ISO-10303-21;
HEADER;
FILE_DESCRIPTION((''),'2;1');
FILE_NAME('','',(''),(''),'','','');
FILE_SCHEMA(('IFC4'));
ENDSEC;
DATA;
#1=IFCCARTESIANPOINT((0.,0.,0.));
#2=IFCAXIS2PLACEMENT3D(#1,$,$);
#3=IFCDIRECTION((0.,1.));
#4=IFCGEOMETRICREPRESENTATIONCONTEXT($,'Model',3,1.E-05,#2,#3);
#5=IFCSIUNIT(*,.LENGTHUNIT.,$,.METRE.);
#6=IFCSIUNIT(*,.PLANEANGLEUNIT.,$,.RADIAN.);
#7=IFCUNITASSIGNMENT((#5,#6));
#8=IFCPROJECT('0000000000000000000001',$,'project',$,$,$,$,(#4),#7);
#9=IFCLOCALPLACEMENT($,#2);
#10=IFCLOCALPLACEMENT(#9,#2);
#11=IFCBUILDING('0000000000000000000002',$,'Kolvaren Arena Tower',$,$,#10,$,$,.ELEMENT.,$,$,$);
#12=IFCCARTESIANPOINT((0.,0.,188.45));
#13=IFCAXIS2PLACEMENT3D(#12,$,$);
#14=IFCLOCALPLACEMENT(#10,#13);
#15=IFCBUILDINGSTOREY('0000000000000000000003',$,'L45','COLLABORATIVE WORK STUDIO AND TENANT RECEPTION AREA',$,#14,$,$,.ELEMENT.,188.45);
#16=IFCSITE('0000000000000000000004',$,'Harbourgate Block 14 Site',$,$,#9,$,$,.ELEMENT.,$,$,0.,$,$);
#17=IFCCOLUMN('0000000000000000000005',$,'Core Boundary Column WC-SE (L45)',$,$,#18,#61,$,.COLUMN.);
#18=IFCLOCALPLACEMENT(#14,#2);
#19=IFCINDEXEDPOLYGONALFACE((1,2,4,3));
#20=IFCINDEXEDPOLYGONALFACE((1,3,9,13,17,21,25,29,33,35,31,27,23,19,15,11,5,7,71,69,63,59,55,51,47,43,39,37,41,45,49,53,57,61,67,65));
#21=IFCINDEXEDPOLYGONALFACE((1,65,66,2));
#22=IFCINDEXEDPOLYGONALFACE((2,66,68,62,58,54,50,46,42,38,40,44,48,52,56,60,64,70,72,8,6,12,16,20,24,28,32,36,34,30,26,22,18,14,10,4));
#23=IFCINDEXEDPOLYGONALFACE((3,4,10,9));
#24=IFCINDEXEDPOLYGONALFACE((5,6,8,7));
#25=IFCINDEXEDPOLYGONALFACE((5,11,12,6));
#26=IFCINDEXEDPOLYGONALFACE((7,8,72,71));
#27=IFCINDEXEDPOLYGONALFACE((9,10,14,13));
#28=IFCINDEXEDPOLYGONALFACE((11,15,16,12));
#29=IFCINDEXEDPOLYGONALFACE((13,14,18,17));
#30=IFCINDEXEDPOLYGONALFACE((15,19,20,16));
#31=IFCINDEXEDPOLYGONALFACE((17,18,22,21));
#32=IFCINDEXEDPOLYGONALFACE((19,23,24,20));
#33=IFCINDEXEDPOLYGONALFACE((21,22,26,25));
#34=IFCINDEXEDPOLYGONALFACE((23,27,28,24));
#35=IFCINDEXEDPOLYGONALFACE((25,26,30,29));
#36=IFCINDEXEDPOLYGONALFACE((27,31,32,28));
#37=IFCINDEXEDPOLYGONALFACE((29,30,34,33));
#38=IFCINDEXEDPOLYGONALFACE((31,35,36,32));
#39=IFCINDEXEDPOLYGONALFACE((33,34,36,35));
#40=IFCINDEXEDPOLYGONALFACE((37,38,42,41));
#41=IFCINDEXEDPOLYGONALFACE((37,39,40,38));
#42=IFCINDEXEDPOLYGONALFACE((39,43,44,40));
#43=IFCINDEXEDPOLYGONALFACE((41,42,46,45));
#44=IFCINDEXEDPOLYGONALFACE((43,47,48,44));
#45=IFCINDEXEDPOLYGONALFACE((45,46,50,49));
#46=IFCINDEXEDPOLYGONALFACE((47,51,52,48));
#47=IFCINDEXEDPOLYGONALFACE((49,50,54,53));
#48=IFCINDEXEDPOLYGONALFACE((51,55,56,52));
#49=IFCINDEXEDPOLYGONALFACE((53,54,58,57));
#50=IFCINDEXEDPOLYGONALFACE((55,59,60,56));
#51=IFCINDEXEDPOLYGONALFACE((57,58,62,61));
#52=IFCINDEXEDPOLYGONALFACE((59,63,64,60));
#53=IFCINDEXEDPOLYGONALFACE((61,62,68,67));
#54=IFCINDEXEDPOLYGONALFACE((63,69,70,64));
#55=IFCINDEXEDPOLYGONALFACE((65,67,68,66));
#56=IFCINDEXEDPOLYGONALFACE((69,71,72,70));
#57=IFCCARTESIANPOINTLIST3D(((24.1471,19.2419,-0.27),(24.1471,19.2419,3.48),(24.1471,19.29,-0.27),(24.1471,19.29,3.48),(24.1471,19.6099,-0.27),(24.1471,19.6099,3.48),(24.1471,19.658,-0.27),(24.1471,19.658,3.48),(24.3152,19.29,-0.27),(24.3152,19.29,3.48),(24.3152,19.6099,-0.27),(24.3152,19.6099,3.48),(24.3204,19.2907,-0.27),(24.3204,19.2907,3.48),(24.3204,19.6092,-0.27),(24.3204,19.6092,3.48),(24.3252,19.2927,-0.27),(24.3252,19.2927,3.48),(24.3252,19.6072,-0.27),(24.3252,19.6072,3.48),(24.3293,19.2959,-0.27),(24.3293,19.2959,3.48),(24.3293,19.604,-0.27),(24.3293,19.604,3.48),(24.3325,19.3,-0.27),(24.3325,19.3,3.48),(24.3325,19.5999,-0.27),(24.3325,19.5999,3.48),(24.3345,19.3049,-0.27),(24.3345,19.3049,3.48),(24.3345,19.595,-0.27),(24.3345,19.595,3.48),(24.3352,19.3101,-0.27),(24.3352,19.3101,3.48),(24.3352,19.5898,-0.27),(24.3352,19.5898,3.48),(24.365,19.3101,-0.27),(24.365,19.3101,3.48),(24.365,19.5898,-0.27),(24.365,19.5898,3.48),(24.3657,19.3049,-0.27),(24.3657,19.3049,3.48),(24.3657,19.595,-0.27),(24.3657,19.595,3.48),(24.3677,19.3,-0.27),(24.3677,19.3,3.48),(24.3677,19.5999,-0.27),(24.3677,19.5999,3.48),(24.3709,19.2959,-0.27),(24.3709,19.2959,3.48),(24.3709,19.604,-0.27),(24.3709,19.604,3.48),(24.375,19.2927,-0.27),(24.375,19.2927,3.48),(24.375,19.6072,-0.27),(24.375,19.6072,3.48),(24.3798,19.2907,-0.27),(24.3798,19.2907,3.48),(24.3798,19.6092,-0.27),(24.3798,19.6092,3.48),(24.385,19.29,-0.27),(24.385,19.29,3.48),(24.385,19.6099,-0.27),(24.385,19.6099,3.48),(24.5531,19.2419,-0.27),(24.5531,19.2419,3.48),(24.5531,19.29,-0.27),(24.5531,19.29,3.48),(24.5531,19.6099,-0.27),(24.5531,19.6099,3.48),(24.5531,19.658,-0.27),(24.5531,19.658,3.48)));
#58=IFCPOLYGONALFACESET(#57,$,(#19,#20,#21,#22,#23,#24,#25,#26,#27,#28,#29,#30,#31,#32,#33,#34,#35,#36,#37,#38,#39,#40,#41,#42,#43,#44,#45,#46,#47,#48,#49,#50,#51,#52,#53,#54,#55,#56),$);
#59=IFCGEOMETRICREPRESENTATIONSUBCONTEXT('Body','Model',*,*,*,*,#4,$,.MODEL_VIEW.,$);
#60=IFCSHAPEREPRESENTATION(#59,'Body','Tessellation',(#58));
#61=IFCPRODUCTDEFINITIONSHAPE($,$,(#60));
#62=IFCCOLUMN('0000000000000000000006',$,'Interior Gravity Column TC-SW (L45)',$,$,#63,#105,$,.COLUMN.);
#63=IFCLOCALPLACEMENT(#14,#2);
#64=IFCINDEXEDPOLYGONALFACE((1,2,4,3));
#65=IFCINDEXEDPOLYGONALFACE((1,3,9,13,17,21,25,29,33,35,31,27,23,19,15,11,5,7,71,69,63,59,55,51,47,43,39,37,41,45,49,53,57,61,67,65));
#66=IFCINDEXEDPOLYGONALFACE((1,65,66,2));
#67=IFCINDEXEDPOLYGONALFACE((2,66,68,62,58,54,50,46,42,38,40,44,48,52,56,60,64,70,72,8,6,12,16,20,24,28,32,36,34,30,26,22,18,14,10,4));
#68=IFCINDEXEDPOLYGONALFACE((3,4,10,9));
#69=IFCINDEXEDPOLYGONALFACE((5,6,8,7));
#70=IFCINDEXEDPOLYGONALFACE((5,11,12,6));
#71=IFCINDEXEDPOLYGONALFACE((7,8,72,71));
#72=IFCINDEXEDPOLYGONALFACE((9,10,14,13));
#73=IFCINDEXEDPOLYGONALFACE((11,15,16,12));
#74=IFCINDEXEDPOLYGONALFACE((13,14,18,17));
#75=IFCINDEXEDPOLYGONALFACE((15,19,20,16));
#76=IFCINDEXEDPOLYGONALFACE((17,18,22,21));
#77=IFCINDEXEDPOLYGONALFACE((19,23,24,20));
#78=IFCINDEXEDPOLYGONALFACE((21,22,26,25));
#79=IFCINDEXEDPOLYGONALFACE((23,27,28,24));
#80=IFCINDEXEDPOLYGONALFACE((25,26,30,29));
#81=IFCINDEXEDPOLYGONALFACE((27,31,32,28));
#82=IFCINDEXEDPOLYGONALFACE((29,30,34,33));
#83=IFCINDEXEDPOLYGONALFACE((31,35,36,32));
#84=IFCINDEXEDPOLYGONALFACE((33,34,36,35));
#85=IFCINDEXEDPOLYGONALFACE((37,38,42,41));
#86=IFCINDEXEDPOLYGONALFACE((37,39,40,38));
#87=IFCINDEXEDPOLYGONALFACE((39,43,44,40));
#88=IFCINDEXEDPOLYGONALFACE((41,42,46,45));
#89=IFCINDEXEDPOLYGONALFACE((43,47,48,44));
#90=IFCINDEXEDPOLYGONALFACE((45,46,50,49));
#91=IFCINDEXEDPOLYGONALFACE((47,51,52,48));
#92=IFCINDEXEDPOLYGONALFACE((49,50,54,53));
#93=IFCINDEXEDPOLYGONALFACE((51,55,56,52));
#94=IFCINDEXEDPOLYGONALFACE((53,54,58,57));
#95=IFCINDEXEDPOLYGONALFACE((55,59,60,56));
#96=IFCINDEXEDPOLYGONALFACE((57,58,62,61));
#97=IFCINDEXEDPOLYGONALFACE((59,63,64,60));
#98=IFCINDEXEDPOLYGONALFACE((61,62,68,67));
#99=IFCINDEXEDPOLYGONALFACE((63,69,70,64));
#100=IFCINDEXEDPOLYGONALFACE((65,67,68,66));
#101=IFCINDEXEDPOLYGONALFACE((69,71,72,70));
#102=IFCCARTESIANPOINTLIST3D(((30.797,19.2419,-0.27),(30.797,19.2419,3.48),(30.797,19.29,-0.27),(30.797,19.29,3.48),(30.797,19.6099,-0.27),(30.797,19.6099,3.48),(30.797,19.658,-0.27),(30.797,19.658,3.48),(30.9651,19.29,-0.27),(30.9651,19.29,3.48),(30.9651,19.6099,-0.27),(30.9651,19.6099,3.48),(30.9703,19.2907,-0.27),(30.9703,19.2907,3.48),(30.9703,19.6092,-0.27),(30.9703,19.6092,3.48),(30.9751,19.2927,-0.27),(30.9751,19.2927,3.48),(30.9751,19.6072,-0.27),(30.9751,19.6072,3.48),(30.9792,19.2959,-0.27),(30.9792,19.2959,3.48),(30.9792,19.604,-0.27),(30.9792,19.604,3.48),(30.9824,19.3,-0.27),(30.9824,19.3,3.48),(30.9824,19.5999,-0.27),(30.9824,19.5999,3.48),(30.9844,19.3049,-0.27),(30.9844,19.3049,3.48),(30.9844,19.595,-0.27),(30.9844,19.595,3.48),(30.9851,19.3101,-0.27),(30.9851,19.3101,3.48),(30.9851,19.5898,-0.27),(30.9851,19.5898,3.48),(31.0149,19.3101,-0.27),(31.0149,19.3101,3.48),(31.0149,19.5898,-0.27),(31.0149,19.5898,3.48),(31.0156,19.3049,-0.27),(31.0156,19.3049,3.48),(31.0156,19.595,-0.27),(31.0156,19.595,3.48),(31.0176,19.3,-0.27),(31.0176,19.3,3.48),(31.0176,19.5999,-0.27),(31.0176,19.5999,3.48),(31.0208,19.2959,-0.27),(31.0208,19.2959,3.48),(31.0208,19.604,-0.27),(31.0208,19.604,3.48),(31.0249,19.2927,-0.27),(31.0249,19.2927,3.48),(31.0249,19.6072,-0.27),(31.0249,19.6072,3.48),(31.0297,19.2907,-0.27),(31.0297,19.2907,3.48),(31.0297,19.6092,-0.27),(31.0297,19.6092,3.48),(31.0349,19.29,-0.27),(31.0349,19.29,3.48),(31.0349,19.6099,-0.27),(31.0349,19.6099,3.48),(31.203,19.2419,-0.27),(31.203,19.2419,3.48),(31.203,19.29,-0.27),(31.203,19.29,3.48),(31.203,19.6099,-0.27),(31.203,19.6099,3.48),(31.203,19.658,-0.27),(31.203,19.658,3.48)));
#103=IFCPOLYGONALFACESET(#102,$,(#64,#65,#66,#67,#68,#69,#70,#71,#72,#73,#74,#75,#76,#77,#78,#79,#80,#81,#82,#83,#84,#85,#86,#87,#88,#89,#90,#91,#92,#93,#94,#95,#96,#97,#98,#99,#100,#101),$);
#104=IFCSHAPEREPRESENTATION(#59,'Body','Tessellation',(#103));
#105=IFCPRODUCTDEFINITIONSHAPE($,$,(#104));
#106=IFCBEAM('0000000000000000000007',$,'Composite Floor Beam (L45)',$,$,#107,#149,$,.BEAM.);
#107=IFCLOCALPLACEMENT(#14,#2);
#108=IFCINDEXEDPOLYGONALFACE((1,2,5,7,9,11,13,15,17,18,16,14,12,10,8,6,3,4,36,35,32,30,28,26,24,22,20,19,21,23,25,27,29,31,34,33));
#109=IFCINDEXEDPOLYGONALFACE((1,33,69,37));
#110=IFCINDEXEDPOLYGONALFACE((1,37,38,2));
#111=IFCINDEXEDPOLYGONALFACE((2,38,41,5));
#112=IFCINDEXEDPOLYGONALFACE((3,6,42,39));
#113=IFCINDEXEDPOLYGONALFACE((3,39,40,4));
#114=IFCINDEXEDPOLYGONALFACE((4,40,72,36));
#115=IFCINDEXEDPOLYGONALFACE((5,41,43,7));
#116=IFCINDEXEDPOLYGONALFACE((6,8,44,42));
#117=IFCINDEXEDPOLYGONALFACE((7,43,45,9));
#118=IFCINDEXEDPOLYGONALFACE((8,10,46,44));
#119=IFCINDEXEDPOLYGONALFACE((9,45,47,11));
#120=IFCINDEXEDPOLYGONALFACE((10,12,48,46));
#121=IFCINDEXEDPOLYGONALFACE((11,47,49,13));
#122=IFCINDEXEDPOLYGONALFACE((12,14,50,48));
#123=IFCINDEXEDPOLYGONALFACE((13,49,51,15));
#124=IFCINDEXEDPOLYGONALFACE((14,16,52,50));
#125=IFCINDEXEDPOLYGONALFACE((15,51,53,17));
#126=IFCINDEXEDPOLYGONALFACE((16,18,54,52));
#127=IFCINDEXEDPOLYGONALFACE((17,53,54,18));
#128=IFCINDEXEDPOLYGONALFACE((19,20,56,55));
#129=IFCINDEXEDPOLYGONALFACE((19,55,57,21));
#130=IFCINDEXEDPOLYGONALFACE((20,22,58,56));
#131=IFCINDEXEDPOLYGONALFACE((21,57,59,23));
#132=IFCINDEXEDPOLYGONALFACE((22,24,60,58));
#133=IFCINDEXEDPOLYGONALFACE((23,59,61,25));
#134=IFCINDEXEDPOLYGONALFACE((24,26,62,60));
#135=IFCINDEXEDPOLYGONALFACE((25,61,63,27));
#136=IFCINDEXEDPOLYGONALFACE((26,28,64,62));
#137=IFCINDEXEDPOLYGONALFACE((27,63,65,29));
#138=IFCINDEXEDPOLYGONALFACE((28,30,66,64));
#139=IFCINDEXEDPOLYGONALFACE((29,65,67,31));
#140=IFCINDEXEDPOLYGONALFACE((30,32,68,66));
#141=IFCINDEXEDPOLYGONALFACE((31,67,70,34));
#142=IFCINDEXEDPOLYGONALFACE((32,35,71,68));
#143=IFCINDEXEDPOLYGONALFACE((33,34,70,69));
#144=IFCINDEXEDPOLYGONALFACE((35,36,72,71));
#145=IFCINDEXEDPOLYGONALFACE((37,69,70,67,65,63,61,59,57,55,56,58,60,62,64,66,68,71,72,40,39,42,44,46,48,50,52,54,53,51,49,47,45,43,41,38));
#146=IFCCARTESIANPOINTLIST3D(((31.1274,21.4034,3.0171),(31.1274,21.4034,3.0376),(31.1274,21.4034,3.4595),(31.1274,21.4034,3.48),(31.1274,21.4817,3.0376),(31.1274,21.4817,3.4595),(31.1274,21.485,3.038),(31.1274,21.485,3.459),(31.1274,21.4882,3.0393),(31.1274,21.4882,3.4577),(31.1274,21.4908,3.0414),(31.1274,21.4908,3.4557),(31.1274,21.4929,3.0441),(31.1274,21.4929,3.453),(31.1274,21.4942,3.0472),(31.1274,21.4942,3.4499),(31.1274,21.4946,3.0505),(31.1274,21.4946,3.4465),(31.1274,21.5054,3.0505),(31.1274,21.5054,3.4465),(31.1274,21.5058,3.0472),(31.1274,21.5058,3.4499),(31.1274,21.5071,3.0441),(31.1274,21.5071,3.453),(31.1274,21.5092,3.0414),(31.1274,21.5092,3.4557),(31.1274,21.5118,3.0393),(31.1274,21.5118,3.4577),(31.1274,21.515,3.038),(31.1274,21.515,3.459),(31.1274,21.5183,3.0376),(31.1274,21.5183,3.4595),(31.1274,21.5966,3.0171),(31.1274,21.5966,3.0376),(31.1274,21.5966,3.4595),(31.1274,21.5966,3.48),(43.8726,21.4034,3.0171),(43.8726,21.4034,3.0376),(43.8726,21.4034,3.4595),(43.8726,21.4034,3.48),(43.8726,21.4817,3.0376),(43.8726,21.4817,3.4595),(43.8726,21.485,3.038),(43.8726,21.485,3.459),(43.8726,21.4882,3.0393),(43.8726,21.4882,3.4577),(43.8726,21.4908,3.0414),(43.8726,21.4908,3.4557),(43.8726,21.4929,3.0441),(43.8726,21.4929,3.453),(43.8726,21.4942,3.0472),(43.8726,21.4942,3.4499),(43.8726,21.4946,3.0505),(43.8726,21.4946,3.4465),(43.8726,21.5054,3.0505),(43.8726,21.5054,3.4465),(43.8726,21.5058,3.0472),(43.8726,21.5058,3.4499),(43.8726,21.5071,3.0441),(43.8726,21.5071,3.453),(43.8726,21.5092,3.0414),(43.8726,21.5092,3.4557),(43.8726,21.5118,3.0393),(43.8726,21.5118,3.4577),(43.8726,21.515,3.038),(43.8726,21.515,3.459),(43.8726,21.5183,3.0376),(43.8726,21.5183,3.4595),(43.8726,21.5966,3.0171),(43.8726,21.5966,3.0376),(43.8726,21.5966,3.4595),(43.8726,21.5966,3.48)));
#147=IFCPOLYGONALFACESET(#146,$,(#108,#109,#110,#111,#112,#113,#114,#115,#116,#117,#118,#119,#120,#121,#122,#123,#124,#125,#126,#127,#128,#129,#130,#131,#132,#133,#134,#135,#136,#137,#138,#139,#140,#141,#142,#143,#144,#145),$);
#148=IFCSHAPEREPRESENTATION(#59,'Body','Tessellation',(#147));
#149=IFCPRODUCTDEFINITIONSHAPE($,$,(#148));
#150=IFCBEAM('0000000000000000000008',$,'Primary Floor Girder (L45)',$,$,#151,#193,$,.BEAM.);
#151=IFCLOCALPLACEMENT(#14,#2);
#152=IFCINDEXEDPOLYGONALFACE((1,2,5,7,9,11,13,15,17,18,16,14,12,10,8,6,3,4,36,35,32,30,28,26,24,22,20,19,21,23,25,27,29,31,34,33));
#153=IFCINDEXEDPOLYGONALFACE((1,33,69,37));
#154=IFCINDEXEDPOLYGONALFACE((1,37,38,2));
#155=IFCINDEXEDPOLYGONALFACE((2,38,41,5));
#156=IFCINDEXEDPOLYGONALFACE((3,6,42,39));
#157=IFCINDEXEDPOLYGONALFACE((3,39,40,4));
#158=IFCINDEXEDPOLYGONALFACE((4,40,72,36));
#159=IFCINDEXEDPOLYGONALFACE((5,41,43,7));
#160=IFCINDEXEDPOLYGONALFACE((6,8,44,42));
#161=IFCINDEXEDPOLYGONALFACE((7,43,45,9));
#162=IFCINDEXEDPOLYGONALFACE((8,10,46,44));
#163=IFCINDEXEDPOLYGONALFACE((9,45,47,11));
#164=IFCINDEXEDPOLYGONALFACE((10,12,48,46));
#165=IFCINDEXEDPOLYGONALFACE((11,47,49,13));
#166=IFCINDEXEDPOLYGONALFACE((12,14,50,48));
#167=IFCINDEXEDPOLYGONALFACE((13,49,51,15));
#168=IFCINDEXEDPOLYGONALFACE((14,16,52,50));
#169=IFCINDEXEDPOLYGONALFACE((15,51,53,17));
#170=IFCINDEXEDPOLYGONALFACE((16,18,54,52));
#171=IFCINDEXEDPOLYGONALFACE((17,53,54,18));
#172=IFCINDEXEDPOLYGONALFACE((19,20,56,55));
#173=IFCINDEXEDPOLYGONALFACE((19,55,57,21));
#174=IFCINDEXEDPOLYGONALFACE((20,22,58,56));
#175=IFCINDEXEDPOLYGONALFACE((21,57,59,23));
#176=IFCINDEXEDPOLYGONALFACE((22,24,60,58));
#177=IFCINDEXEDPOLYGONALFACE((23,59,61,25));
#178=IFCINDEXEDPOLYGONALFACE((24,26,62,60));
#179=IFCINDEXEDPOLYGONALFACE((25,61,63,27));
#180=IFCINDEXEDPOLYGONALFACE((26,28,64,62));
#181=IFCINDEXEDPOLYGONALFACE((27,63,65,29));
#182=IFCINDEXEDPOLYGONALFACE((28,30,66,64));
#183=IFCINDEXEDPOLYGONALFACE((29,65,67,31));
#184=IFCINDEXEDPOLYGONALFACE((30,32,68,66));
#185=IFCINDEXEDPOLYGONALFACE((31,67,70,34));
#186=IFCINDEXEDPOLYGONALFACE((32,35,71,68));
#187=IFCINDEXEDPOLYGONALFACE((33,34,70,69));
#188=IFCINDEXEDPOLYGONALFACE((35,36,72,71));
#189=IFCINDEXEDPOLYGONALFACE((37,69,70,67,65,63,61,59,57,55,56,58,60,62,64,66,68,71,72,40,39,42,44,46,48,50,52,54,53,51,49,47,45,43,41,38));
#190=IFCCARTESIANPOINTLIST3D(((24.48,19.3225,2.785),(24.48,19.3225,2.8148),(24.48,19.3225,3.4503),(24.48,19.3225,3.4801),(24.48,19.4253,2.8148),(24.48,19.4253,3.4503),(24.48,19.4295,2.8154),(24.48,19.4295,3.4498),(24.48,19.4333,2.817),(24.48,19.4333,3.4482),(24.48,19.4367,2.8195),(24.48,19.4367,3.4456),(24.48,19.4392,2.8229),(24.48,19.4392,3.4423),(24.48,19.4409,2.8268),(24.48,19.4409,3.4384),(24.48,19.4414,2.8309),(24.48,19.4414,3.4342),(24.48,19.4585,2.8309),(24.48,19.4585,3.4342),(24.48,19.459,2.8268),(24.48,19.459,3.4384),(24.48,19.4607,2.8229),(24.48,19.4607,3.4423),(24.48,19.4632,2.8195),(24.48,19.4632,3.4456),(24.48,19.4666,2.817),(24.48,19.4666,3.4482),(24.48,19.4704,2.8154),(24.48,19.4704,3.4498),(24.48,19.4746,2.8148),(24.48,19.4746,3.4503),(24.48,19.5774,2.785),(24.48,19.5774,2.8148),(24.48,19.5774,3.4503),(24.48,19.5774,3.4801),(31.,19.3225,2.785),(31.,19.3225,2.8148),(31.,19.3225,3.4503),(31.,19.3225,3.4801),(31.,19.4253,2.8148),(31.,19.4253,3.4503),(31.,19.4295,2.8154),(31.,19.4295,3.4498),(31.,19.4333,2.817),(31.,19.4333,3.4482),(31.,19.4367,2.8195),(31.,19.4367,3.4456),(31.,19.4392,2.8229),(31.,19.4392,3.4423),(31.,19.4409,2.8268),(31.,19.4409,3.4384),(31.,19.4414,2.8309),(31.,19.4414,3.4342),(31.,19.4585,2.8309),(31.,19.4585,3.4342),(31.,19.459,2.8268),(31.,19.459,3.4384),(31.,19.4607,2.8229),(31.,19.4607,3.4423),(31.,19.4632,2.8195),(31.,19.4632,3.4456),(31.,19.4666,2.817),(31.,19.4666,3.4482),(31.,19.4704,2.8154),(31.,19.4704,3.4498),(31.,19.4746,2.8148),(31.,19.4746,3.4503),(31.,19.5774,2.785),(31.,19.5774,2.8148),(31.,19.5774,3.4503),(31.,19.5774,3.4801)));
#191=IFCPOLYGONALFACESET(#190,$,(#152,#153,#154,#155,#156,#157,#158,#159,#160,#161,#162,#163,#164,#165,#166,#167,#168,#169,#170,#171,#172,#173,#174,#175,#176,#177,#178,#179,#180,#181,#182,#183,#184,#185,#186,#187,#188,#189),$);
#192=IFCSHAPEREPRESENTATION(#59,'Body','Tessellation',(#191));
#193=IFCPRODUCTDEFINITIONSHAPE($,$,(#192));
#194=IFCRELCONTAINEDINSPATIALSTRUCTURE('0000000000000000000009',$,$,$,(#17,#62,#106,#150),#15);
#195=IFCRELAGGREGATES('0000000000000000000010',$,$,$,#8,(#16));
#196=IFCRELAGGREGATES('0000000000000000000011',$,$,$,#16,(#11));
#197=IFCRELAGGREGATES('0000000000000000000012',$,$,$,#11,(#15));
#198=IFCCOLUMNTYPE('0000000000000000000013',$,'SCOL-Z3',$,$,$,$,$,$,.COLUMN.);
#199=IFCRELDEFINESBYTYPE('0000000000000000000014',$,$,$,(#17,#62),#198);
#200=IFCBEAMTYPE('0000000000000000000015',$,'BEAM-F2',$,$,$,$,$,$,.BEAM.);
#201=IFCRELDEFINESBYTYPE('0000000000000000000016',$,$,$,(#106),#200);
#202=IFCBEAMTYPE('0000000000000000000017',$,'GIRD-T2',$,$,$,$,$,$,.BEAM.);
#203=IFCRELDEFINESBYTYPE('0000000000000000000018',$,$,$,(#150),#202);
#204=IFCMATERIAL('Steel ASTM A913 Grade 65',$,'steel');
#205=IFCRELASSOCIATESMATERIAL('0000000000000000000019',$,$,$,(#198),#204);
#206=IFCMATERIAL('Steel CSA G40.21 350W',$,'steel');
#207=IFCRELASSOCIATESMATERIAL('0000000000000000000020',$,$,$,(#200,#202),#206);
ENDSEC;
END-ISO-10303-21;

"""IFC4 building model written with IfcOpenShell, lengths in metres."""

from ifc_helpers import new_model, si_unit, direction, frame, origin, origin_2d, place, context, subcontext, project, spatial, i_section, extrude, material, material_profile, profile_set, type_object, element, save


model = new_model("IFC4")

# Units and contexts
model_context = context("Model", 3, precision=1e-05, world=origin(), true_north=direction((0.0, 1.0)))
body_context = subcontext(model_context, "Body", "Model", "MODEL_VIEW")
ifc_project = project(units=[si_unit("LENGTHUNIT", "METRE"), si_unit("PLANEANGLEUNIT", "RADIAN")], contexts=[model_context])

# Site, building, storey
site_placement = place(None, origin())
site = spatial("IfcSite", under=ifc_project, at=site_placement, Name="Harbourgate Block 14 Site", CompositionType="ELEMENT", RefElevation=0.0)
building_placement = place(site_placement, origin())
building = spatial("IfcBuilding", under=site, at=building_placement, Name="Kolvaren Arena Tower", CompositionType="ELEMENT")
storey_placement = place(building_placement, frame((0.0, 0.0, 188.45)))
storey = spatial("IfcBuildingStorey", under=building, at=storey_placement, Name="L45", Description="COLLABORATIVE WORK STUDIO AND TENANT RECEPTION AREA", CompositionType="ELEMENT", Elevation=188.45)

# Columns
ifc_material_1 = material(Name="Steel ASTM A913 Grade 65", Category="steel")
ifc_material_profile_1 = material_profile(ifc_material_1, i_section(OverallWidth=0.406, OverallDepth=0.416, WebThickness=0.0298, FlangeThickness=0.0481, FilletRadius=0.02, at=origin_2d()), Name="W360x382")
ifc_profile_set_1 = profile_set([ifc_material_profile_1], Name="Steel ASTM A913 Grade 65")
column_type = type_object("IfcColumnType", Name="SCOL-Z3", PredefinedType="COLUMN", material=ifc_profile_set_1)
for number, where, z_axis, x_axis, name in (
    (1, (24.3501, 19.45, -0.27), (0.0, 0.0, 1.0), (1.0, 0.0, 0.0), "Core Boundary Column WC-SE (L45)"),
    (2, (31.0, 19.45, -0.27), (0.0, 0.0, 1.0), (1.0, 0.0, 0.0), "Interior Gravity Column TC-SW (L45)"),
):
    element("IfcColumn", number, at=place(storey_placement, frame(where, z_axis=z_axis, x_axis=x_axis)), inside=storey, type_object=column_type, Name=name, PredefinedType="COLUMN", context=body_context, shape_type="SweptSolid", body=[
        extrude(i_section(OverallWidth=0.406, OverallDepth=0.416, WebThickness=0.0298, FlangeThickness=0.0481, FilletRadius=0.02, at=origin_2d()), origin(), (0.0, 0.0, 1.0), 3.75),
    ])

# Beams
ifc_material_2 = material(Name="Steel CSA G40.21 350W", Category="steel")
ifc_material_profile_2 = material_profile(ifc_material_2, i_section(OverallWidth=0.1931, OverallDepth=0.4629, WebThickness=0.0107, FlangeThickness=0.0205, FilletRadius=0.0129, at=origin_2d()), Name="W460x113")
ifc_profile_set_2 = profile_set([ifc_material_profile_2], Name="Steel CSA G40.21 350W")
beam_type_1 = type_object("IfcBeamType", Name="BEAM-F2", PredefinedType="BEAM", material=ifc_profile_set_2)
beam_1_placement = place(storey_placement, frame((31.1274, 21.5, 3.2485), z_axis=(1.0, 0.0, 0.0), x_axis=(0.0, 1.0, 0.0)))
element("IfcBeam", 3, at=beam_1_placement, inside=storey, type_object=beam_type_1, Name="Composite Floor Beam (L45)", PredefinedType="BEAM", context=body_context, shape_type="SweptSolid", body=[
    extrude(i_section(OverallWidth=0.1931, OverallDepth=0.4629, WebThickness=0.0107, FlangeThickness=0.0205, FilletRadius=0.0129, at=origin_2d()), origin(), (0.0, 0.0, 1.0), 12.7451),
])
ifc_material_profile_3 = material_profile(ifc_material_2, i_section(OverallWidth=0.2549, OverallDepth=0.6951, WebThickness=0.0171, FlangeThickness=0.0298, FilletRadius=0.0161, at=origin_2d()), Name="W690x217")
ifc_profile_set_3 = profile_set([ifc_material_profile_3], Name="Steel CSA G40.21 350W")
beam_type_2 = type_object("IfcBeamType", Name="GIRD-T2", PredefinedType="BEAM", material=ifc_profile_set_3)
beam_2_placement = place(storey_placement, frame((24.48, 19.45, 3.1326), z_axis=(1.0, 0.0, 0.0), x_axis=(0.0, 1.0, 0.0)))
element("IfcBeam", 4, at=beam_2_placement, inside=storey, type_object=beam_type_2, Name="Primary Floor Girder (L45)", PredefinedType="BEAM", context=body_context, shape_type="SweptSolid", body=[
    extrude(i_section(OverallWidth=0.2549, OverallDepth=0.6951, WebThickness=0.0171, FlangeThickness=0.0298, FilletRadius=0.0161, at=origin_2d()), origin(), (0.0, 0.0, 1.0), 6.52),
])

save(model, "model.ifc")
